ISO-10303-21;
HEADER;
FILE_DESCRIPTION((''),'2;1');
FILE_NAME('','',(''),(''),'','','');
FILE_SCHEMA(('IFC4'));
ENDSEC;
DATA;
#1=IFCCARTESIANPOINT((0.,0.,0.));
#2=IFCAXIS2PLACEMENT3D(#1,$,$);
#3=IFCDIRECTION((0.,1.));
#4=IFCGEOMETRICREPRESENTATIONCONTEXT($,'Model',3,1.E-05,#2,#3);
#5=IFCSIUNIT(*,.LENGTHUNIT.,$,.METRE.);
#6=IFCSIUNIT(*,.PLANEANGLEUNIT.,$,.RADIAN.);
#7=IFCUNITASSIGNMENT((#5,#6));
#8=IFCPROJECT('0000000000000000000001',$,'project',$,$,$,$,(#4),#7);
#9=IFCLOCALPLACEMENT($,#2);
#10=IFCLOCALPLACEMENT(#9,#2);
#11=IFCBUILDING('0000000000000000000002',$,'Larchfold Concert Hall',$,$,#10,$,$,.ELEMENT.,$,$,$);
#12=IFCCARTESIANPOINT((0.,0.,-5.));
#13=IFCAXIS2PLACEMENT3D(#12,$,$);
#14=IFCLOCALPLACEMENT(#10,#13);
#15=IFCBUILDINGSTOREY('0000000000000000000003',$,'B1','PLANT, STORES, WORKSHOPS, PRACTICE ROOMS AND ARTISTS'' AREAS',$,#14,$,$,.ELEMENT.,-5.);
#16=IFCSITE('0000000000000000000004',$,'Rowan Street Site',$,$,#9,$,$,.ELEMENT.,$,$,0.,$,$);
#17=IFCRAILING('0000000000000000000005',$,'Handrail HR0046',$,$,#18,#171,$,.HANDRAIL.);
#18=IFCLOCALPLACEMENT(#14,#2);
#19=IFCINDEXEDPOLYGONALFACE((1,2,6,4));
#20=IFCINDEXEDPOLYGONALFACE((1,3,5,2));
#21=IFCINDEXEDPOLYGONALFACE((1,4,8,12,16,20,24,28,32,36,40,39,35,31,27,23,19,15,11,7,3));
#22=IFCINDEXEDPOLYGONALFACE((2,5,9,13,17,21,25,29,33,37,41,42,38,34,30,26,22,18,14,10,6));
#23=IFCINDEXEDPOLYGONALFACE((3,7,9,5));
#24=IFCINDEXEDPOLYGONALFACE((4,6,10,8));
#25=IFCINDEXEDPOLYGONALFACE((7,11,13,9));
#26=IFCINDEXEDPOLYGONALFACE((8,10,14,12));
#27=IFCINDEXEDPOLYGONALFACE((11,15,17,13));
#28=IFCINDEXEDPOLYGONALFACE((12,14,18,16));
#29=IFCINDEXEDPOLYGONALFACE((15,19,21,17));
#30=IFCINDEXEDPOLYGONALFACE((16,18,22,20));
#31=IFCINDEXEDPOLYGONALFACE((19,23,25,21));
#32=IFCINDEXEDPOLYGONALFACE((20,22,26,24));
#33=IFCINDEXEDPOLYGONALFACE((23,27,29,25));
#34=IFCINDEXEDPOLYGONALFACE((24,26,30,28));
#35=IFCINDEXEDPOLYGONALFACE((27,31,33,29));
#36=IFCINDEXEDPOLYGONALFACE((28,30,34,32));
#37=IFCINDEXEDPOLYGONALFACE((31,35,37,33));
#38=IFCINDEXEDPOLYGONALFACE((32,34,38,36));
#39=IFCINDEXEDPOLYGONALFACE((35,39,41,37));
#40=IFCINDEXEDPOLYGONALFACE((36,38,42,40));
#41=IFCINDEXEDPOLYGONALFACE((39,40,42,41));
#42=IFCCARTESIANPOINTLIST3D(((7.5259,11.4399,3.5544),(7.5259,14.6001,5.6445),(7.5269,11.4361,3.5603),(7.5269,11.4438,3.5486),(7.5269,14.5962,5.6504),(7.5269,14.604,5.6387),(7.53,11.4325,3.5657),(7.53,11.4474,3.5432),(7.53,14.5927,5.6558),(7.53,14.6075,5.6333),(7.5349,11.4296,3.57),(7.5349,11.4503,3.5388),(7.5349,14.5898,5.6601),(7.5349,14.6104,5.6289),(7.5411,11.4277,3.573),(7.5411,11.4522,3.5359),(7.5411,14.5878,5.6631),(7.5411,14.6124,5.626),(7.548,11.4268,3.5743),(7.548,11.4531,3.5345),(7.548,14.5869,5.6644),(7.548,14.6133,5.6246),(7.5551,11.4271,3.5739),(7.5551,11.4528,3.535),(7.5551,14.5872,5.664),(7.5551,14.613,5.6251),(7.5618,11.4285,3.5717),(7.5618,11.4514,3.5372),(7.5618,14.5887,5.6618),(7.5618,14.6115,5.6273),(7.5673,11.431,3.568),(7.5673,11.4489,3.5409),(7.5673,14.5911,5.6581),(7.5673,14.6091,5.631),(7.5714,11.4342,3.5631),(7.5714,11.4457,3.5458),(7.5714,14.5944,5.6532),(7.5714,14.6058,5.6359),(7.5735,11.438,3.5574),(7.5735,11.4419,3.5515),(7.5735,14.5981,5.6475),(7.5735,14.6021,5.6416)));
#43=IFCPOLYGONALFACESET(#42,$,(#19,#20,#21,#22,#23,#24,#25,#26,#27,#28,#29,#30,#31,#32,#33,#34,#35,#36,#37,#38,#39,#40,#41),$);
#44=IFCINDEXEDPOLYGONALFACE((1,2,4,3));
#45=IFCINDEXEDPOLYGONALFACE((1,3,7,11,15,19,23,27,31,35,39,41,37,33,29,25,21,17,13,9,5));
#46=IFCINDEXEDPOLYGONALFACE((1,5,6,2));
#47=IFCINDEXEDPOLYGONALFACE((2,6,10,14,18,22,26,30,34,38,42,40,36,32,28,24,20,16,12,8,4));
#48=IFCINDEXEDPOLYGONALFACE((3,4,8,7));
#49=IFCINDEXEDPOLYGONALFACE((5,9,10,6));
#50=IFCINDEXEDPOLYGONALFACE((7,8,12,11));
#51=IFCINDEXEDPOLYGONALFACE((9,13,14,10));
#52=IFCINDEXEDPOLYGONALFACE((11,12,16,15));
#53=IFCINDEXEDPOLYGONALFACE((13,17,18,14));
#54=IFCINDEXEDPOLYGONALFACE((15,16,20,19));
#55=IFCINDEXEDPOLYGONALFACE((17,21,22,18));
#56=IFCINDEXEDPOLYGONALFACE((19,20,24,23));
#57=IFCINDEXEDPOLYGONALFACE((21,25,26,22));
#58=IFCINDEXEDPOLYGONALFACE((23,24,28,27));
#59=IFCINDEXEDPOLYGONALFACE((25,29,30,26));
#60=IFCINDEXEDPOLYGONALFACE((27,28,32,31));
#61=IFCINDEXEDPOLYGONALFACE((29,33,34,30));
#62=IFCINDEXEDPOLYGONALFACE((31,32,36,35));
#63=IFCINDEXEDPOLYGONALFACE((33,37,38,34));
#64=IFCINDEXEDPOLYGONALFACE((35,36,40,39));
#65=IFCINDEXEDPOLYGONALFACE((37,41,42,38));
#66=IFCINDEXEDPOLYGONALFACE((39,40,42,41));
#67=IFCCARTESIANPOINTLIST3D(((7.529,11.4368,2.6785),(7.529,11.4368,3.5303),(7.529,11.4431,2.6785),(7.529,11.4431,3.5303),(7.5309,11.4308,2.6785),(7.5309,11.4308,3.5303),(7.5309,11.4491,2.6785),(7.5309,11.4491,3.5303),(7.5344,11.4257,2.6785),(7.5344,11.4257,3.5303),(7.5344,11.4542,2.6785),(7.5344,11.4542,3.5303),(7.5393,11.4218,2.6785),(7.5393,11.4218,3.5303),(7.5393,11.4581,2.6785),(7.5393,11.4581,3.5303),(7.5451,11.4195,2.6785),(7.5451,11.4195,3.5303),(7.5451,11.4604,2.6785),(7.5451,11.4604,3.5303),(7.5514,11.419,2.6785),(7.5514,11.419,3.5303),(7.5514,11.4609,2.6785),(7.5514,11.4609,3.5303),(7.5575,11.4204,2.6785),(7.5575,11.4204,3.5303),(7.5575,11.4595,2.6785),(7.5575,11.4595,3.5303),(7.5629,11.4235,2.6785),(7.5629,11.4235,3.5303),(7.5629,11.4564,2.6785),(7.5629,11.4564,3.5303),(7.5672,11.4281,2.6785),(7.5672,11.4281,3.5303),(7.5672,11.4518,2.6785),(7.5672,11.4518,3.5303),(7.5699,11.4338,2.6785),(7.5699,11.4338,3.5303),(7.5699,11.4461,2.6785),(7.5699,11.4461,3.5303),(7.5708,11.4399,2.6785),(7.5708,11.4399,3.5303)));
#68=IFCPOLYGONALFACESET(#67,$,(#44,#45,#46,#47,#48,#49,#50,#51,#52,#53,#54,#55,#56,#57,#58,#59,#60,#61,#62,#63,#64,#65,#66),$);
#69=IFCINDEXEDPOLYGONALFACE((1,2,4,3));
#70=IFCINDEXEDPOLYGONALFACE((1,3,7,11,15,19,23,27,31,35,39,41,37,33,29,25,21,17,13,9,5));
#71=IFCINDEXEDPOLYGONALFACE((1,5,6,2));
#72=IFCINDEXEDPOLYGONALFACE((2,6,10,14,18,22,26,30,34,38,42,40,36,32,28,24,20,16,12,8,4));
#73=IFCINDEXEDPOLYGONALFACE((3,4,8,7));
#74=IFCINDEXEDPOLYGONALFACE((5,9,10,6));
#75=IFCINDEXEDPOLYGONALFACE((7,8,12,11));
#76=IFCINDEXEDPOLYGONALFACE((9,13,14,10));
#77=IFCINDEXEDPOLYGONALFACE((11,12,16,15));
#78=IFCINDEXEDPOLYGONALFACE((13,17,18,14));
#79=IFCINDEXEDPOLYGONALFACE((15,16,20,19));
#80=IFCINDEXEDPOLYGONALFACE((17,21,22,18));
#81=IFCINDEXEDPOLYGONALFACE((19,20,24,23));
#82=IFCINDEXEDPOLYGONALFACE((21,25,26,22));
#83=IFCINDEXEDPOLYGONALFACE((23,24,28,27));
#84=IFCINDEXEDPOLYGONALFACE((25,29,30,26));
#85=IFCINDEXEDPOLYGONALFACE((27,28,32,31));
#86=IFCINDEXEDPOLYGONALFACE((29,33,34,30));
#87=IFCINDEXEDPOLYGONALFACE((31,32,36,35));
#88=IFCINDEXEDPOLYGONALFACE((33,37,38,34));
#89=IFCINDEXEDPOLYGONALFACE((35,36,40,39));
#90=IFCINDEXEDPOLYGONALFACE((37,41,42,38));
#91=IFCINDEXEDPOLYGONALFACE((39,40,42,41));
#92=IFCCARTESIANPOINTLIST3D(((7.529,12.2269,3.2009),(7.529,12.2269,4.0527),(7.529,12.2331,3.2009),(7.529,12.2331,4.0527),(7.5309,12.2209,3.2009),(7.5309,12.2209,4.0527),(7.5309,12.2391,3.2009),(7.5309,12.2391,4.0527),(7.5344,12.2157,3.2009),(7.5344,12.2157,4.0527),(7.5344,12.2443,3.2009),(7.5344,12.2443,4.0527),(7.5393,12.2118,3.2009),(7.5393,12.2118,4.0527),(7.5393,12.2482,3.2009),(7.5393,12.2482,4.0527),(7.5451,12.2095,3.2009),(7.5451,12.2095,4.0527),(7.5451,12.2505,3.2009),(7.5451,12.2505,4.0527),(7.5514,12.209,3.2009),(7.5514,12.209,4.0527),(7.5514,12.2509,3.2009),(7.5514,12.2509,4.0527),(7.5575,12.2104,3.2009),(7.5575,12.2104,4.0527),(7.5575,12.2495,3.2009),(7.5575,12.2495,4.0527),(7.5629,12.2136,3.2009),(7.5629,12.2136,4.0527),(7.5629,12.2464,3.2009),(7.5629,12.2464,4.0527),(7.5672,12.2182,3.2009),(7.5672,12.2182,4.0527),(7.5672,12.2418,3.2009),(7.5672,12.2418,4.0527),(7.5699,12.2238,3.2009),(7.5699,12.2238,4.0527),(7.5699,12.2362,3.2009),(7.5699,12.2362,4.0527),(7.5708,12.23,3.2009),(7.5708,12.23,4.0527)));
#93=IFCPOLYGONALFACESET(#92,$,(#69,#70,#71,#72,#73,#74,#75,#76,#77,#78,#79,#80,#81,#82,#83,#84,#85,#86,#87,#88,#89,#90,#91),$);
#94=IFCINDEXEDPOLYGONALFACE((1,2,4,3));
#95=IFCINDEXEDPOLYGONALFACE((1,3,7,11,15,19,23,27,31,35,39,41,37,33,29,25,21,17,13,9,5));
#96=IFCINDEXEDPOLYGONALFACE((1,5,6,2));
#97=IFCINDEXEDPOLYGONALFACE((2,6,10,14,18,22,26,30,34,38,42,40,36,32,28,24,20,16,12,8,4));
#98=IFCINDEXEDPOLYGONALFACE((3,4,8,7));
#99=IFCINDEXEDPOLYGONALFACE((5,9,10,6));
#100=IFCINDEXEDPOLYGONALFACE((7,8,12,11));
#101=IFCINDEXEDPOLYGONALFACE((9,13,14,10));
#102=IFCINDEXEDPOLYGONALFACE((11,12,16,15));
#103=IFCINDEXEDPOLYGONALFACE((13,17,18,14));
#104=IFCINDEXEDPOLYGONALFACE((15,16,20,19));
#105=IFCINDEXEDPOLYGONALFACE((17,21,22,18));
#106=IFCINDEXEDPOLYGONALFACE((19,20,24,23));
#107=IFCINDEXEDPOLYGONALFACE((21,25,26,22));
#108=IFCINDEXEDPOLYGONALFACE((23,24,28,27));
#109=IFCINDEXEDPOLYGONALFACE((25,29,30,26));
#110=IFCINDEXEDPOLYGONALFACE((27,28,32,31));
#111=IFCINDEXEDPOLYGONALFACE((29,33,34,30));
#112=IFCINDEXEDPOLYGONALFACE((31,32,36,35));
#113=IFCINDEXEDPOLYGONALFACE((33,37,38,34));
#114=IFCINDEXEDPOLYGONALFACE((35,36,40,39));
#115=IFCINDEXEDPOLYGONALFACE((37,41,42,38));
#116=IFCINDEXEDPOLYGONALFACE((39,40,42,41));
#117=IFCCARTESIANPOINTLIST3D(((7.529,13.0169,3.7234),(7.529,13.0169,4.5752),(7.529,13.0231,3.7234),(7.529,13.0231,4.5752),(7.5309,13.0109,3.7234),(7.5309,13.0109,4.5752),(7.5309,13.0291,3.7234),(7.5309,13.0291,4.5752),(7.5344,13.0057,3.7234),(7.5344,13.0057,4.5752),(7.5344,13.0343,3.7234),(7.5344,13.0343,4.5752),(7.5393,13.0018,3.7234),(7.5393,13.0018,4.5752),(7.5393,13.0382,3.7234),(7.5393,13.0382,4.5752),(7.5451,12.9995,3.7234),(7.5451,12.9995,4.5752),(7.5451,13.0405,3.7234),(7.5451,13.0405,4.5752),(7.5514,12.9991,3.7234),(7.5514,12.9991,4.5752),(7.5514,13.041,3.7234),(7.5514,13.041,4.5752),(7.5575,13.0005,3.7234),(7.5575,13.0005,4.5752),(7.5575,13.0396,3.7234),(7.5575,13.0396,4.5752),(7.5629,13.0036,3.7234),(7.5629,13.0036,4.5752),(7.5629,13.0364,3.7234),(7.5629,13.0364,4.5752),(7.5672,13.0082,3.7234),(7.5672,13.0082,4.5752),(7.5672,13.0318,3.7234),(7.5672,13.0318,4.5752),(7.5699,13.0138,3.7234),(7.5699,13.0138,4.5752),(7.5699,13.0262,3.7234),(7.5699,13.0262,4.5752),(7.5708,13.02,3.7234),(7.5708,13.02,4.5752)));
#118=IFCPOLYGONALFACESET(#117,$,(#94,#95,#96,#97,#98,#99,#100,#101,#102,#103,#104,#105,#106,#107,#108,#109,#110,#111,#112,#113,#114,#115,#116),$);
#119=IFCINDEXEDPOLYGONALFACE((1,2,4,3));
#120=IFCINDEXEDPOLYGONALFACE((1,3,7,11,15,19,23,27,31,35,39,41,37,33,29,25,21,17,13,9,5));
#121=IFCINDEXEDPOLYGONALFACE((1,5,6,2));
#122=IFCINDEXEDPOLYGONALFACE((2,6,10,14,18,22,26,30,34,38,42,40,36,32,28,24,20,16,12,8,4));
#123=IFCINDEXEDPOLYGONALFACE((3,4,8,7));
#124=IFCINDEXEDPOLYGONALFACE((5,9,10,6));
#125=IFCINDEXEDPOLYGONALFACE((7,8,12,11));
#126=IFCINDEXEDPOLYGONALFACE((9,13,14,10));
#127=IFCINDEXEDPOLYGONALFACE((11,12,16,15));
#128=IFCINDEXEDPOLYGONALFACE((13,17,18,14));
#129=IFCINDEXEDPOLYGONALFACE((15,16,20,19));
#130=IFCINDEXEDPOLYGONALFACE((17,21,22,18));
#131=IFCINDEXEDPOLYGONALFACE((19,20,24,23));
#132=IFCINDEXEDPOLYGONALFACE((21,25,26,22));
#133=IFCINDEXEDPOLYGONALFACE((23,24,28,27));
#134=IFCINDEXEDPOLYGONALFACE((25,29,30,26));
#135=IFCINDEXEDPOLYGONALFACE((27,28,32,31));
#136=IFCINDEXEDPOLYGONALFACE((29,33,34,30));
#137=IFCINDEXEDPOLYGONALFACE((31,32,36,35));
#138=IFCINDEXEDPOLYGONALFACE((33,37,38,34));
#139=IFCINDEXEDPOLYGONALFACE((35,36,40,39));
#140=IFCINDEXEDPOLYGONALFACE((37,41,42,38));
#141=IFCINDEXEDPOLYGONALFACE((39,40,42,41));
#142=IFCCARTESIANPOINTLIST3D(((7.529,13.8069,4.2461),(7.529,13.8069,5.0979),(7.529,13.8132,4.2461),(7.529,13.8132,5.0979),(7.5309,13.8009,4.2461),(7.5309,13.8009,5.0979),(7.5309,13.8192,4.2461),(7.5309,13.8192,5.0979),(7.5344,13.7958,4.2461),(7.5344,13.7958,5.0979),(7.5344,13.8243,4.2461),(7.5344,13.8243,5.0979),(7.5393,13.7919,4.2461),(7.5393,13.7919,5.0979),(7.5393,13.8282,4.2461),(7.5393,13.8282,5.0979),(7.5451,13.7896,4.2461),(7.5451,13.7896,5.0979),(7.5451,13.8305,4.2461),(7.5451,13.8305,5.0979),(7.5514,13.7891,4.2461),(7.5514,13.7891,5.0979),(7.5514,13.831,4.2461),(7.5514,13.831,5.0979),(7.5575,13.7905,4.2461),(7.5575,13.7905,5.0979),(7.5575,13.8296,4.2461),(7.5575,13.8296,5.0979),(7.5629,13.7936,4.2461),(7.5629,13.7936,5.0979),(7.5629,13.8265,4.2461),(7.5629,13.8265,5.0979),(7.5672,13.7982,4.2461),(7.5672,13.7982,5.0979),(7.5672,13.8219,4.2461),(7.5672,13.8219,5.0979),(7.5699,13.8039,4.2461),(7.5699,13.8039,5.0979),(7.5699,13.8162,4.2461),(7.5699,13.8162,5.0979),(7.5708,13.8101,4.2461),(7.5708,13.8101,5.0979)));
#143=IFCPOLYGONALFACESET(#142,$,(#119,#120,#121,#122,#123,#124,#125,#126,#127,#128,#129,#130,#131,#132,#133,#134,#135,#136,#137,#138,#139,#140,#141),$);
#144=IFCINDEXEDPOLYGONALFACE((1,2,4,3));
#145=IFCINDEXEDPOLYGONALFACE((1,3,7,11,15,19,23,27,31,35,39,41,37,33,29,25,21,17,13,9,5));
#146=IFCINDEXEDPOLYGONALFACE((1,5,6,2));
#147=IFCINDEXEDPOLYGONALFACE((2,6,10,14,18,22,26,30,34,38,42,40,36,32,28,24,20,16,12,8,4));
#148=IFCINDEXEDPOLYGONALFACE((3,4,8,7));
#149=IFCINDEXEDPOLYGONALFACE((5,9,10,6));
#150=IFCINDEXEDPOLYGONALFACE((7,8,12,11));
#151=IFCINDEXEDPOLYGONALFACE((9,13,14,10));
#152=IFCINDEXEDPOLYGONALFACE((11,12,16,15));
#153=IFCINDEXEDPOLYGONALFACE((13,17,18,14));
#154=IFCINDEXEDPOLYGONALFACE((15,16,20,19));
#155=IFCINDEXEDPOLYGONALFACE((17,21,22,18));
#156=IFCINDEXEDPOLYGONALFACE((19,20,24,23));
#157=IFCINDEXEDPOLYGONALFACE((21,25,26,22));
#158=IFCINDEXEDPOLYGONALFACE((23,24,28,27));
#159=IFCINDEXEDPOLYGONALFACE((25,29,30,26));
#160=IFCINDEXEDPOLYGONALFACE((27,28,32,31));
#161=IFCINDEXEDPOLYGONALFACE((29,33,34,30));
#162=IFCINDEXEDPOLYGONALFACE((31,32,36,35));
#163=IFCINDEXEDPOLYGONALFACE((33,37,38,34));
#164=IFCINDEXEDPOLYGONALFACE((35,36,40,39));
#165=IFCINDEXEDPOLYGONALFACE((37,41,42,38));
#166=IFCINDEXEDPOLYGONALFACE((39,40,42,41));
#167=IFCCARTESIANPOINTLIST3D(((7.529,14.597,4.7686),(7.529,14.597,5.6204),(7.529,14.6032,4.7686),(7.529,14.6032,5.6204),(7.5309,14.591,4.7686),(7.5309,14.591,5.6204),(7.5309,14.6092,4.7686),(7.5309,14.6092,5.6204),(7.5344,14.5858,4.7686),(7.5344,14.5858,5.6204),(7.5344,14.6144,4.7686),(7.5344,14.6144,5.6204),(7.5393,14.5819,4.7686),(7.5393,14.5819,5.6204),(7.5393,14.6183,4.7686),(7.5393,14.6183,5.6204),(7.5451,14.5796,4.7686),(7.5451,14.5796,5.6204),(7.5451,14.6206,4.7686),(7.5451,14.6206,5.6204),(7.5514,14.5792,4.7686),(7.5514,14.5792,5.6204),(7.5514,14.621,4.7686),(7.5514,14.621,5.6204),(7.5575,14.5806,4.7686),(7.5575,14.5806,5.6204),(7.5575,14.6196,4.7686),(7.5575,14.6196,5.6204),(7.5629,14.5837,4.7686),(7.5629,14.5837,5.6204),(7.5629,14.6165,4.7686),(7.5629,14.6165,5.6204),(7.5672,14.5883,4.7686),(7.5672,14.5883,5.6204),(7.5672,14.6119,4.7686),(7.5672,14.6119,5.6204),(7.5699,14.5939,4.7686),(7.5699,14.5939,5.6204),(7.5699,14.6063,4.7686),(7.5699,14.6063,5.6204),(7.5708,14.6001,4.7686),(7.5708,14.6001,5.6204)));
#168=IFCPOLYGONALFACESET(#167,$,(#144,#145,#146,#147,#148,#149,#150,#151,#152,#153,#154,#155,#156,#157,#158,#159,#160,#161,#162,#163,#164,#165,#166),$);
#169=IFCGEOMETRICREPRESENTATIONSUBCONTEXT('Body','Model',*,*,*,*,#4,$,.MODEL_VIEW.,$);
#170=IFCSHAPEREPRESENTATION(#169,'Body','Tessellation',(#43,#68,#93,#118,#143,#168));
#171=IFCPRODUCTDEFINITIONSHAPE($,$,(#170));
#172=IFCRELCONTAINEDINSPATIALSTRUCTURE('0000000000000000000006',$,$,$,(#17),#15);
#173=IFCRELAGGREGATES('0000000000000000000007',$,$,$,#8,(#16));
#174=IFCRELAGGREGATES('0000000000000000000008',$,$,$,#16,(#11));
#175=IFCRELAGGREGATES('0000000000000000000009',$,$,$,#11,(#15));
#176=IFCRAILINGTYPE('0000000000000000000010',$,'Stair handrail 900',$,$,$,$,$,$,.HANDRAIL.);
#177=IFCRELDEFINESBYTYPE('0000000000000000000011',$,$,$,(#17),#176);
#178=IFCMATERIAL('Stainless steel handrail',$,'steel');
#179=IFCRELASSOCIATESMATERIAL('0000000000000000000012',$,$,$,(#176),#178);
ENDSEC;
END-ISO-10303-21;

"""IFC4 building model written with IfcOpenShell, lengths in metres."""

from ifc_helpers import new_model, si_unit, direction, frame, origin, origin_2d, place, context, subcontext, project, spatial, circle, extrude, material, type_object, element, save


model = new_model("IFC4")

# Units and contexts
model_context = context("Model", 3, precision=1e-05, world=origin(), true_north=direction((0.0, 1.0)))
body_context = subcontext(model_context, "Body", "Model", "MODEL_VIEW")
ifc_project = project(units=[si_unit("LENGTHUNIT", "METRE"), si_unit("PLANEANGLEUNIT", "RADIAN")], contexts=[model_context])

# Site, building, storey
site_placement = place(None, origin())
site = spatial("IfcSite", under=ifc_project, at=site_placement, Name="Rowan Street Site", CompositionType="ELEMENT", RefElevation=0.0)
building_placement = place(site_placement, origin())
building = spatial("IfcBuilding", under=site, at=building_placement, Name="Larchfold Concert Hall", CompositionType="ELEMENT")
storey_placement = place(building_placement, frame((0.0, 0.0, -5.0)))
storey = spatial("IfcBuildingStorey", under=building, at=storey_placement, Name="B1", Description="PLANT, STORES, WORKSHOPS, PRACTICE ROOMS AND ARTISTS' AREAS", CompositionType="ELEMENT", Elevation=-5.0)

# Railing
ifc_material_1 = material(Name="Stainless steel handrail", Category="steel")
railing_type_1 = type_object("IfcRailingType", Name="Stair handrail 900", PredefinedType="HANDRAIL", material=ifc_material_1)
railing_1_placement = place(storey_placement, frame((7.5498, 11.4399, 2.6785)))
element("IfcRailing", 1, at=railing_1_placement, inside=storey, type_object=railing_type_1, Name="Handrail HR0046", PredefinedType="HANDRAIL", context=body_context, shape_type="SweptSolid", body=[
    extrude(circle(Radius=0.0239, at=origin_2d()), frame((0.0, 0.0, 0.876), z_axis=(0.0, 0.834077, 0.551648), x_axis=(-1.0, 0.0, 0.0)), (0.0, 0.0, 1.0), 3.7888),
    extrude(circle(Radius=0.021, at=origin_2d()), origin(), (0.0, 0.0, 1.0), 0.8518),
    extrude(circle(Radius=0.021, at=origin_2d()), frame((0.0, 0.79, 0.5225)), (0.0, 0.0, 1.0), 0.8518),
    extrude(circle(Radius=0.021, at=origin_2d()), frame((0.0, 1.5801, 1.0449)), (0.0, 0.0, 1.0), 0.8518),
    extrude(circle(Radius=0.021, at=origin_2d()), frame((0.0, 2.3701, 1.5676)), (0.0, 0.0, 1.0), 0.8518),
    extrude(circle(Radius=0.021, at=origin_2d()), frame((0.0, 3.1602, 2.0901)), (0.0, 0.0, 1.0), 0.8518),
])

save(model, "model.ifc")
